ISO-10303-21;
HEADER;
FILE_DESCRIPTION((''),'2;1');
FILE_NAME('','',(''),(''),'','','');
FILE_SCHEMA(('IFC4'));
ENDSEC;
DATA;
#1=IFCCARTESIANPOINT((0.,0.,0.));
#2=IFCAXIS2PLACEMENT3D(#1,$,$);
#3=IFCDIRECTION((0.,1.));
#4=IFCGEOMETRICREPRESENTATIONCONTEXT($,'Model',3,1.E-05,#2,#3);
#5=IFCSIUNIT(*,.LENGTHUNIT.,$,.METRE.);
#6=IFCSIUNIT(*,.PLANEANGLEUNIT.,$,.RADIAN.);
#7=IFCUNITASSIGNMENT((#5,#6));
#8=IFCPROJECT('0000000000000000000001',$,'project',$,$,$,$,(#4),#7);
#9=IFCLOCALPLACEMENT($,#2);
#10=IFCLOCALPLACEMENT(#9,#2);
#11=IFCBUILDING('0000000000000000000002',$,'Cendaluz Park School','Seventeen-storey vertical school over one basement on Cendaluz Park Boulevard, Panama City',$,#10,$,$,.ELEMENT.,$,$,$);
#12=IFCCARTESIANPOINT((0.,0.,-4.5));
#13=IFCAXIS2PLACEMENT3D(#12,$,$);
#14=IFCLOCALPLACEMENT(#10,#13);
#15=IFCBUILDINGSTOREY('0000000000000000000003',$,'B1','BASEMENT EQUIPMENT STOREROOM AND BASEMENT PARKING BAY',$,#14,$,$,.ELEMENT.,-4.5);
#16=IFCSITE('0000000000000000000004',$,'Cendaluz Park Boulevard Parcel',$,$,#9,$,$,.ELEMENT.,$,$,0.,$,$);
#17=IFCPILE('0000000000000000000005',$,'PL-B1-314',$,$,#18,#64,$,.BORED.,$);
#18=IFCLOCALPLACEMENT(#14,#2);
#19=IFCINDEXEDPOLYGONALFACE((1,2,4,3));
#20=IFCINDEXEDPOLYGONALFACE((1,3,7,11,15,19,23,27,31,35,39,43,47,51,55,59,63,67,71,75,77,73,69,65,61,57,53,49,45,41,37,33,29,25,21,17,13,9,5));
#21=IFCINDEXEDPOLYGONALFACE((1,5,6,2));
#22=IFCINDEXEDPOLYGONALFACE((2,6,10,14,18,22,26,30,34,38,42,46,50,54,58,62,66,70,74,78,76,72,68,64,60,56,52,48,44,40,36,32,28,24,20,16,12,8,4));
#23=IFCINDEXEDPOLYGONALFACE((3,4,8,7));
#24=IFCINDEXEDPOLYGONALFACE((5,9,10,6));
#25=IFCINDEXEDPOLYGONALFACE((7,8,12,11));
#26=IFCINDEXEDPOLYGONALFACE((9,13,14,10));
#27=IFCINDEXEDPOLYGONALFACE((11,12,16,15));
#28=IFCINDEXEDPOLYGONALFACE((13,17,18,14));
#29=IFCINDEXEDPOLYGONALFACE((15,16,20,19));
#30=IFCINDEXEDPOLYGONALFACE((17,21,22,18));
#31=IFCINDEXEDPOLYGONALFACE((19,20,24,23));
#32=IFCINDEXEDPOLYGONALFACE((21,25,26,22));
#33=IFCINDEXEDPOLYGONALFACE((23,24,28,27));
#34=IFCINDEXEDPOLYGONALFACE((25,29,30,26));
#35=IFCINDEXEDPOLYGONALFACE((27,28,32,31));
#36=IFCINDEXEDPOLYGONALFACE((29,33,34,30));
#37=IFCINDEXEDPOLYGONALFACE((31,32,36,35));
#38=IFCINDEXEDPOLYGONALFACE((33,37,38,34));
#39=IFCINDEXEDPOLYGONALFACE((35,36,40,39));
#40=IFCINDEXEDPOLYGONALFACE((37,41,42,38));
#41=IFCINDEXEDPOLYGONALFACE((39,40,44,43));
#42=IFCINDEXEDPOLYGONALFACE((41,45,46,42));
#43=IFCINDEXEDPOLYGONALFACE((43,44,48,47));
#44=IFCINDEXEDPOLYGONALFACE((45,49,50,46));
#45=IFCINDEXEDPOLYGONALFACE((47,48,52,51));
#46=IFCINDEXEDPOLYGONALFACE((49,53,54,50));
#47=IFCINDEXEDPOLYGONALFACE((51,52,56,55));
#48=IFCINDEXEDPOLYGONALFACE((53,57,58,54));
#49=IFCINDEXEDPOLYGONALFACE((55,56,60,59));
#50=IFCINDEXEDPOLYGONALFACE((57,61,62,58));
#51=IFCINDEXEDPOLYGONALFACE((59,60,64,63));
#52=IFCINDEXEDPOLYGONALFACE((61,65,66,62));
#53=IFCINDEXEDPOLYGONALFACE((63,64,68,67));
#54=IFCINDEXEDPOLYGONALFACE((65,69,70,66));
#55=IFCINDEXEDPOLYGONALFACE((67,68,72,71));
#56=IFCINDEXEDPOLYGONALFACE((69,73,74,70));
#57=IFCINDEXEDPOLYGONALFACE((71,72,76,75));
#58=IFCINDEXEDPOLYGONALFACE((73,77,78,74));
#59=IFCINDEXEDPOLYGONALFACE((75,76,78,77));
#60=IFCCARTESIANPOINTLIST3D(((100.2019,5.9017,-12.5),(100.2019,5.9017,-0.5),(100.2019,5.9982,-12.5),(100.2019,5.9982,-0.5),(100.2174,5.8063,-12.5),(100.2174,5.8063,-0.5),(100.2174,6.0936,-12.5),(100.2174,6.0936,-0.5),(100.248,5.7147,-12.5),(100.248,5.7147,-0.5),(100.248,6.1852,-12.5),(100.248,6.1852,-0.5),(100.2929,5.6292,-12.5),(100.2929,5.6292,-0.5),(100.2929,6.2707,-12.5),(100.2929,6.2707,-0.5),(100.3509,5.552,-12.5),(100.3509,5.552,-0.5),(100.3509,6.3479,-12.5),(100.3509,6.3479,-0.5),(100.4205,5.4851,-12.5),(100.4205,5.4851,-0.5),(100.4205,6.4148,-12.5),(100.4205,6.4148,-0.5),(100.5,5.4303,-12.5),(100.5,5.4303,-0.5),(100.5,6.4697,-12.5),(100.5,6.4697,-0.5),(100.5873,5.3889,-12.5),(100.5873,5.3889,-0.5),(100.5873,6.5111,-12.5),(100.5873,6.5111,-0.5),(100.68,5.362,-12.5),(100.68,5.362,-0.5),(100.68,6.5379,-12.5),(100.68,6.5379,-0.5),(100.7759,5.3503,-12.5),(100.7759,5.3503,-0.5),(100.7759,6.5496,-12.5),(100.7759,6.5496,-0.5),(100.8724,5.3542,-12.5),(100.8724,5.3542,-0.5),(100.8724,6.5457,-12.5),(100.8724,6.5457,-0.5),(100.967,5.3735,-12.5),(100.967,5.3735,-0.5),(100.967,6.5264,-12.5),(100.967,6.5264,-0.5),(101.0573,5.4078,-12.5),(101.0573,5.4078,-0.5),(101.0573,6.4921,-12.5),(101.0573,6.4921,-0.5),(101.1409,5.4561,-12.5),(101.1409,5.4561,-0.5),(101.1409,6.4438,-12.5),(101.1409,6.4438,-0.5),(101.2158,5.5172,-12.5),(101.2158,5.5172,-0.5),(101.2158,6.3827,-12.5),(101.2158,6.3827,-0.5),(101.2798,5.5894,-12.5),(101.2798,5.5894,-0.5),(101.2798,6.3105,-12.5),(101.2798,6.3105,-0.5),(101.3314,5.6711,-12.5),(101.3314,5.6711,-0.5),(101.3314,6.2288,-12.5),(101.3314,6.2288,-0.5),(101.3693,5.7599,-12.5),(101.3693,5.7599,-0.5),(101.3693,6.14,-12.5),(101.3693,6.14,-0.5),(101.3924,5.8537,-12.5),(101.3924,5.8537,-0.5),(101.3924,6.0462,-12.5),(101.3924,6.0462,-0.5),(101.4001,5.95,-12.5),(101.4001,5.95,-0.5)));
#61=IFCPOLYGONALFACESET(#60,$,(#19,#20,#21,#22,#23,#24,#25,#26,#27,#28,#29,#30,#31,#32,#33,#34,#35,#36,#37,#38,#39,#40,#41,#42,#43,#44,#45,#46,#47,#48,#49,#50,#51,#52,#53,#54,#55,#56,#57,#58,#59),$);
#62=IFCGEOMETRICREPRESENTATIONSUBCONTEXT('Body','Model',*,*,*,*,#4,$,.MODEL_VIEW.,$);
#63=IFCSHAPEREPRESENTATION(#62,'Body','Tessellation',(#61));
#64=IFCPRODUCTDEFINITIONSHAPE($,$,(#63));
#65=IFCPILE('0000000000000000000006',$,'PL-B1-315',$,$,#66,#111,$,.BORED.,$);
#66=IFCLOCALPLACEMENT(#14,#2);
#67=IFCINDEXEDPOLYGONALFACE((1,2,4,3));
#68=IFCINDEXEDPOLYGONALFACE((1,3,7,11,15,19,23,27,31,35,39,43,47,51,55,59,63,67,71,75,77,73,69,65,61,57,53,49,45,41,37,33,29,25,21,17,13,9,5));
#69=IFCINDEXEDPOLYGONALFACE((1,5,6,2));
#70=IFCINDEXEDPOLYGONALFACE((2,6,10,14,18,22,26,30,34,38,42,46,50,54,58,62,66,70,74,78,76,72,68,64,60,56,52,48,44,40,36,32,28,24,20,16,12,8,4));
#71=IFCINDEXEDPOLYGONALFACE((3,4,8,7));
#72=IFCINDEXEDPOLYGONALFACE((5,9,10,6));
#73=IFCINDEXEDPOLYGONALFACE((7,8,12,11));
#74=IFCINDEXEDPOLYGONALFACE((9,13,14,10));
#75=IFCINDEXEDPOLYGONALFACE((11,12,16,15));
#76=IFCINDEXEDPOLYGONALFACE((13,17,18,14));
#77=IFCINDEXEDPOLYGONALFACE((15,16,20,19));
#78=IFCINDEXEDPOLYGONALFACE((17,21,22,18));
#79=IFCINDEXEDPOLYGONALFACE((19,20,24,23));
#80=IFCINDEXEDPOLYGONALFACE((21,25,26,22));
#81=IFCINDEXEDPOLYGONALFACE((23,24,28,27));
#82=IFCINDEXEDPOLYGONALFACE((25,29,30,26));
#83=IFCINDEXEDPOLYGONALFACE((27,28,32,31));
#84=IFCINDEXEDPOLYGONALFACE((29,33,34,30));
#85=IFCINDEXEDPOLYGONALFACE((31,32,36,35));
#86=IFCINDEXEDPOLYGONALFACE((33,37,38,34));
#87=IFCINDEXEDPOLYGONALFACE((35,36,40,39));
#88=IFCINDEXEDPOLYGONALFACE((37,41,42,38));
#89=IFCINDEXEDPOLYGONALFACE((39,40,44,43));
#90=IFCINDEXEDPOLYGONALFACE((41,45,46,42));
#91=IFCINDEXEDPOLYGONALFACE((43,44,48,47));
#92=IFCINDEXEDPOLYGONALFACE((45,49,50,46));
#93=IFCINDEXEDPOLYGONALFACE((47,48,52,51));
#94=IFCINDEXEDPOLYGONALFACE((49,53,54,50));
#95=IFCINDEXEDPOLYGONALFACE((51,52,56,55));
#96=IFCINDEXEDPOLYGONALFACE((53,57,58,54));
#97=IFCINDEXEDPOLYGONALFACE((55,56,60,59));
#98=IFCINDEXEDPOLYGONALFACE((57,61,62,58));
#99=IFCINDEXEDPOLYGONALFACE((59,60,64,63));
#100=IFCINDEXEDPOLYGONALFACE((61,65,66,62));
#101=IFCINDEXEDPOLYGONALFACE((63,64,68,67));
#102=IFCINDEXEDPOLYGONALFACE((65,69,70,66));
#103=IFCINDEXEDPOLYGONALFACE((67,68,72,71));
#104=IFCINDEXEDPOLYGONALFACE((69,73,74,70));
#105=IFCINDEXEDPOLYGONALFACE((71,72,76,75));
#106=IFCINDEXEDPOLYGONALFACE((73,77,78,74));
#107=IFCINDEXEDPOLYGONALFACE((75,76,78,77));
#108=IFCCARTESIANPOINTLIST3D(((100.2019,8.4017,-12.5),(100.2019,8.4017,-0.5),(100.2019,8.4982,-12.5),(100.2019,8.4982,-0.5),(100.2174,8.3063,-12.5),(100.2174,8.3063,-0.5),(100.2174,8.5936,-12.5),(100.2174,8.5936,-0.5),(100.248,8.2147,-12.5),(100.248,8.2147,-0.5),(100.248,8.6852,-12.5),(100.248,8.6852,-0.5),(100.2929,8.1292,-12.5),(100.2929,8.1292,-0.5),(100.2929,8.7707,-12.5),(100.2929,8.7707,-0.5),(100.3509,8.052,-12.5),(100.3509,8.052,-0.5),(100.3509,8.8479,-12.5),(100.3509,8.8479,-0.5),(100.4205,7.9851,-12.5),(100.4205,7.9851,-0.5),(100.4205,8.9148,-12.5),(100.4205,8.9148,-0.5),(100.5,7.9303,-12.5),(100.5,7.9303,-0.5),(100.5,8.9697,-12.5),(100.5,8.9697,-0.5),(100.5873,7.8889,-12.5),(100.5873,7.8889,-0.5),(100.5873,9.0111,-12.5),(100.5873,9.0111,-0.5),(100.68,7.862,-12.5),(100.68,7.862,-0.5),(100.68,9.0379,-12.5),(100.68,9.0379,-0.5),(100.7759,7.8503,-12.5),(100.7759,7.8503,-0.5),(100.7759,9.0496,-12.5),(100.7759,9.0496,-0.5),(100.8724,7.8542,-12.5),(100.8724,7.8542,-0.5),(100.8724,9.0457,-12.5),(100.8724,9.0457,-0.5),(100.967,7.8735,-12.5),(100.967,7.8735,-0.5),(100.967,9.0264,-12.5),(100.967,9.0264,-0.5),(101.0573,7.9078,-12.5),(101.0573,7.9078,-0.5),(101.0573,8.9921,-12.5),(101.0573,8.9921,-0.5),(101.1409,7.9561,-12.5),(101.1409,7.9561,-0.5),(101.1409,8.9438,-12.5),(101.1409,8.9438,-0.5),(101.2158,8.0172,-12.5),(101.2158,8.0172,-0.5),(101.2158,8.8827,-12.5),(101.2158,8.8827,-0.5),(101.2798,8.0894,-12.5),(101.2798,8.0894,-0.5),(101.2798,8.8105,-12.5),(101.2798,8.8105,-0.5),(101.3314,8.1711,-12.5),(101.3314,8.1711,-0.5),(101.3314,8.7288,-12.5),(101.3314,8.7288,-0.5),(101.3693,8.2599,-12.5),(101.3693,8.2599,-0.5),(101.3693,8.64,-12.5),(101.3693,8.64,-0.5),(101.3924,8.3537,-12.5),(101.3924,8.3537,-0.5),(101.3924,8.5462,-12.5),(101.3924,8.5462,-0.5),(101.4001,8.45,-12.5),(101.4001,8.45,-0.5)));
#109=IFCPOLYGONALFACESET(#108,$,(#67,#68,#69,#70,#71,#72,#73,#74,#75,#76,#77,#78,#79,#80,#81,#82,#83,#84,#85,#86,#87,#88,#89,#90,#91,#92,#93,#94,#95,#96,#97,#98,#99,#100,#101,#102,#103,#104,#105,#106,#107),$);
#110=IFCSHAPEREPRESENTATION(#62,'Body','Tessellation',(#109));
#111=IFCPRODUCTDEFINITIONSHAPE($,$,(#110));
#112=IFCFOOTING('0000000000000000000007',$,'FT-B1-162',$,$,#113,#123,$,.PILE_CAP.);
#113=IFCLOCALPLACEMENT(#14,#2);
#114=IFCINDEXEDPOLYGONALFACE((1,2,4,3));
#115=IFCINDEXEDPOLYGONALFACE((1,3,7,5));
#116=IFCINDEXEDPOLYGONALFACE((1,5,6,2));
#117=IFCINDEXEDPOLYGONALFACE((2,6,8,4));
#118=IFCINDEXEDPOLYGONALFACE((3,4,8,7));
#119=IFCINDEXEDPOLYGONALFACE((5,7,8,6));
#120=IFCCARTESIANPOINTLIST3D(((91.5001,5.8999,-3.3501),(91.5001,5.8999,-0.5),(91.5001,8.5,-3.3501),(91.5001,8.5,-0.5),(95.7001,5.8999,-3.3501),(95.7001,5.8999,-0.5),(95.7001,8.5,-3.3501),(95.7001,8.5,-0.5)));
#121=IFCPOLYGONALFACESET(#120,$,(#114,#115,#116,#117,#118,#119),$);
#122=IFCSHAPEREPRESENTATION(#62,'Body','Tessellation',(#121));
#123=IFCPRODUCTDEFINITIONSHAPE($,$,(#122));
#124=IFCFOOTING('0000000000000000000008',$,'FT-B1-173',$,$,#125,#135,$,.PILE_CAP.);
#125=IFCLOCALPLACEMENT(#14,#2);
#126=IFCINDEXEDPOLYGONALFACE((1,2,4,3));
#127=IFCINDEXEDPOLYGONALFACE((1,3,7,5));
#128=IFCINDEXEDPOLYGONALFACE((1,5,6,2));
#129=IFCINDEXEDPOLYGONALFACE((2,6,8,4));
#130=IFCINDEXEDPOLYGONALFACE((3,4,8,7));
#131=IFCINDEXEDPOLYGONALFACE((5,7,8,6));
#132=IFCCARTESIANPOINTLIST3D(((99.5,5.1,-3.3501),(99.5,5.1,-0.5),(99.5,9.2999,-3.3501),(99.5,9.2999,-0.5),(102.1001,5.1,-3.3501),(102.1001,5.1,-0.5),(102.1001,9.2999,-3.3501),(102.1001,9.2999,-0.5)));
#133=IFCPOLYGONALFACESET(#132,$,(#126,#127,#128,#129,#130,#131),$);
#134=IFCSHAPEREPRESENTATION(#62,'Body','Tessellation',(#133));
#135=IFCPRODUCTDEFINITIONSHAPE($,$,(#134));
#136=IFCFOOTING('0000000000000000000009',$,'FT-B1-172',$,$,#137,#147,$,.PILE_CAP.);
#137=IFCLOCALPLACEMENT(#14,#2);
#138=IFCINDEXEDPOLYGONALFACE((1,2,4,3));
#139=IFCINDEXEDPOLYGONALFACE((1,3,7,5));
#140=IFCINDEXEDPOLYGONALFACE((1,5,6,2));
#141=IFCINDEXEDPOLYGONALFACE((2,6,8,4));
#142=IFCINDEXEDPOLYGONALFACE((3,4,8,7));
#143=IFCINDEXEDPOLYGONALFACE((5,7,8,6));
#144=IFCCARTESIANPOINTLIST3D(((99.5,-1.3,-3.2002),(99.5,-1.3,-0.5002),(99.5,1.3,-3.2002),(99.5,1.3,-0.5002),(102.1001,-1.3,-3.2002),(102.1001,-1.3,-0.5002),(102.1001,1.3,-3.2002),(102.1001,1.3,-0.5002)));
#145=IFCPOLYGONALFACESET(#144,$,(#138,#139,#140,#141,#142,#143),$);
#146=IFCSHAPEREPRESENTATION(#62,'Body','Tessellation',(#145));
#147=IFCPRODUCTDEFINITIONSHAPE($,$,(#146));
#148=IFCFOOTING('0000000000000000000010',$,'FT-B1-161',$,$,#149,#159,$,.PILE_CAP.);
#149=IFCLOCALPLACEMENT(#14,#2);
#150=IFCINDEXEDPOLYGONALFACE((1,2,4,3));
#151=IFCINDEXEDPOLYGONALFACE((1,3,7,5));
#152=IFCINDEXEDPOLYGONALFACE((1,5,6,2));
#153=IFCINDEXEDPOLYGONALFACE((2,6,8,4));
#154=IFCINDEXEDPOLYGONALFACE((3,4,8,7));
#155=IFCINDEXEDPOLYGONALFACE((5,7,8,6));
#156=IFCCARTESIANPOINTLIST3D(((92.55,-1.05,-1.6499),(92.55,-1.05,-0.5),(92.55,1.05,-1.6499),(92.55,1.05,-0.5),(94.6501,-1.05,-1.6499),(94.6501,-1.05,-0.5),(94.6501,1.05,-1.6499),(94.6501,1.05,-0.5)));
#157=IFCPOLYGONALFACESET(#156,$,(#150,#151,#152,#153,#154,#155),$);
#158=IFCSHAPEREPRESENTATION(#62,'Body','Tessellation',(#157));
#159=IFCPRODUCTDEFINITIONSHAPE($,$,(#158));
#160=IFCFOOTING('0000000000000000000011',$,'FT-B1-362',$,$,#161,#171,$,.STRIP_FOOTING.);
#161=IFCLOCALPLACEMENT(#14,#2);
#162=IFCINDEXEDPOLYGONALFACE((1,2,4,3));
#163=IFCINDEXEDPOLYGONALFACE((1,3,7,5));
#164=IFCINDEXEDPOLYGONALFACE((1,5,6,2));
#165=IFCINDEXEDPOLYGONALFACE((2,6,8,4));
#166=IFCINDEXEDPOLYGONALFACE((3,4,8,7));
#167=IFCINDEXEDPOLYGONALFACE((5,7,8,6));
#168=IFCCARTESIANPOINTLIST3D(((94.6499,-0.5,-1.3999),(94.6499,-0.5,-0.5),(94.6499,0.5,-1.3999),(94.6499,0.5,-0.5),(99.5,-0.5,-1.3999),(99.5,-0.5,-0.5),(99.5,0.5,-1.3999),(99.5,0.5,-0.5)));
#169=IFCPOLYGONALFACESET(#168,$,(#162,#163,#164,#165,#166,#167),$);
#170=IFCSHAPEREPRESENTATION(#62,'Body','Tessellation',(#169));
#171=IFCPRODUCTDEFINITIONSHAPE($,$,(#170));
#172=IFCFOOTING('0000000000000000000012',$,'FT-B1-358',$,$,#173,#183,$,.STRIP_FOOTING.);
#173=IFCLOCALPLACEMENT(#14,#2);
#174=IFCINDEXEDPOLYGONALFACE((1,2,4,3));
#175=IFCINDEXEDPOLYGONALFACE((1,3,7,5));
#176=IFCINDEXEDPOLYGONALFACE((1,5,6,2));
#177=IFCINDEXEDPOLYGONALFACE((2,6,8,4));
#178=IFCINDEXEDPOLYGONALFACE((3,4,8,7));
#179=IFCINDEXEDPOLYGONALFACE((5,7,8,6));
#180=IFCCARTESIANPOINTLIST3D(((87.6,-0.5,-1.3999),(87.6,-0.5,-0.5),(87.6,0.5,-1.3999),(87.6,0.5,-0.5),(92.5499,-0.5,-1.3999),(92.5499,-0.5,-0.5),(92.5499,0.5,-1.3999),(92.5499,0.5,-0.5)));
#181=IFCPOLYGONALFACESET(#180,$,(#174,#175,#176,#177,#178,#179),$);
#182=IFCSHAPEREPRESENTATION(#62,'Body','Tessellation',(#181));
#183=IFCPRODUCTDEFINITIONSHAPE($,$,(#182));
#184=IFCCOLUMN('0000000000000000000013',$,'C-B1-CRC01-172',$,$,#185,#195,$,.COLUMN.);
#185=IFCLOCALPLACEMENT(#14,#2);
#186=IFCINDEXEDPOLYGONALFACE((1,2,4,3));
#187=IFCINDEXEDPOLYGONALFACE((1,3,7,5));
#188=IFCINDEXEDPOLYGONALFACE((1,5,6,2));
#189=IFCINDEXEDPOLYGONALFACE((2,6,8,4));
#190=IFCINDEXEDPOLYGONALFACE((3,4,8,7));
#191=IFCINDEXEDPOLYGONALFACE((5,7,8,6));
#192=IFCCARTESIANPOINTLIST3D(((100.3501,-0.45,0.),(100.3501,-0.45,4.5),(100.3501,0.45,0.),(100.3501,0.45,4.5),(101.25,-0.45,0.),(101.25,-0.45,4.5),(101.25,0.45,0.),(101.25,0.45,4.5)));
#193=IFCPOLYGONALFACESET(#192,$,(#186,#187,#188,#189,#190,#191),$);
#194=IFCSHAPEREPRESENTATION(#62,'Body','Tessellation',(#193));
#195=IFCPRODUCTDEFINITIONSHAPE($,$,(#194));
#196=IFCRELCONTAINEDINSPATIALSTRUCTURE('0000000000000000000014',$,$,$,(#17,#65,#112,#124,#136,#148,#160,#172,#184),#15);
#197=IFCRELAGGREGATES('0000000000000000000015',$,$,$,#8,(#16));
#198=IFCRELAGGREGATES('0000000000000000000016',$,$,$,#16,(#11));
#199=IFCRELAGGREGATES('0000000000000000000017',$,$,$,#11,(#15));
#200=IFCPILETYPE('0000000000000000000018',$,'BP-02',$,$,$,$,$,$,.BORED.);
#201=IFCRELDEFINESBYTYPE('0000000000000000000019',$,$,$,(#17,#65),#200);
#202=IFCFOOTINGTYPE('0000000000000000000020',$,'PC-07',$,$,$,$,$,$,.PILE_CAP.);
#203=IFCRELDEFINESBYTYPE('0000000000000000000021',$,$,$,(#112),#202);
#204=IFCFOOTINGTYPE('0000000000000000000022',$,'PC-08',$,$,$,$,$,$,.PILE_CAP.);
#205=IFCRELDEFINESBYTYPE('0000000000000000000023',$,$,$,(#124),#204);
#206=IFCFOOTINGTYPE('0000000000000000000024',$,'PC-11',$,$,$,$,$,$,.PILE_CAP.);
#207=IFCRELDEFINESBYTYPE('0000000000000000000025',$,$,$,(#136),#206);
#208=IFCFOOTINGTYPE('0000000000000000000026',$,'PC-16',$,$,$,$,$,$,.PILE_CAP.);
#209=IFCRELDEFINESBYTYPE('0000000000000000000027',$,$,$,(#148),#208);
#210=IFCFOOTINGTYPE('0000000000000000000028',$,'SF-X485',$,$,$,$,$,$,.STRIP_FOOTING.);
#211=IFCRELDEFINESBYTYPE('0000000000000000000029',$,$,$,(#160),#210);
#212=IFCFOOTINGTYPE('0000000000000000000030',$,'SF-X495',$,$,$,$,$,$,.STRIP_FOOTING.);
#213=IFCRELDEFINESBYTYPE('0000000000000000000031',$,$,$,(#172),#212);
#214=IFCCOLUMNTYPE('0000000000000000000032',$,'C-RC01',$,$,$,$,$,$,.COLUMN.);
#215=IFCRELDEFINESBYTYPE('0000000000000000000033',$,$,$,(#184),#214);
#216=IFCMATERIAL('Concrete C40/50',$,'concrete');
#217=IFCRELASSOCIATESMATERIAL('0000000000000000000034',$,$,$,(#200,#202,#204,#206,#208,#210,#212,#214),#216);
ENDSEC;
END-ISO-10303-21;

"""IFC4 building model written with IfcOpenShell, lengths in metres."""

from ifc_helpers import new_model, si_unit, direction, frame, origin, origin_2d, place, context, subcontext, project, spatial, rectangle, circle, extrude, material, material_profile, profile_set, type_object, element, save


model = new_model("IFC4")

# Units and contexts
model_context = context("Model", 3, precision=1e-05, world=origin(), true_north=direction((0.0, 1.0)))
body_context = subcontext(model_context, "Body", "Model", "MODEL_VIEW")
ifc_project = project(units=[si_unit("LENGTHUNIT", "METRE"), si_unit("PLANEANGLEUNIT", "RADIAN")], contexts=[model_context])

# Site, building, storey
site_placement = place(None, origin())
site = spatial("IfcSite", under=ifc_project, at=site_placement, Name="Cendaluz Park Boulevard Parcel", CompositionType="ELEMENT", RefElevation=0.0)
building_placement = place(site_placement, origin())
building = spatial("IfcBuilding", under=site, at=building_placement, Name="Cendaluz Park School", Description="Seventeen-storey vertical school over one basement on Cendaluz Park Boulevard, Panama City", CompositionType="ELEMENT")
storey_placement = place(building_placement, frame((0.0, 0.0, -4.5)))
storey = spatial("IfcBuildingStorey", under=building, at=storey_placement, Name="B1", Description="BASEMENT EQUIPMENT STOREROOM AND BASEMENT PARKING BAY", CompositionType="ELEMENT", Elevation=-4.5)

# Piles
ifc_material_1 = material(Name="Concrete C40/50", Category="concrete")
ifc_material_profile_1 = material_profile(ifc_material_1, circle(Radius=0.6001, at=origin_2d()), Name="BP D1200", Category="concrete")
ifc_profile_set_1 = profile_set([ifc_material_profile_1], Name="Concrete C40/50")
pile_type_1 = type_object("IfcPileType", Name="BP-02", PredefinedType="BORED", material=ifc_profile_set_1)
for number, where, z_axis, x_axis, name in (
    (1, (100.8, 5.95, -0.5), (0.0, 0.0, -1.0), (1.0, 0.0, 0.0), "PL-B1-314"),
    (2, (100.8, 8.45, -0.5), (0.0, 0.0, -1.0), (1.0, 0.0, 0.0), "PL-B1-315"),
):
    element("IfcPile", number, at=place(storey_placement, frame(where, z_axis=z_axis, x_axis=x_axis)), inside=storey, type_object=pile_type_1, Name=name, PredefinedType="BORED", context=body_context, shape_type="SweptSolid", body=[
        extrude(circle(Radius=0.6001, at=origin_2d()), origin(), (0.0, 0.0, 1.0), 12.0),
    ])

# Footings
footing_type_1 = type_object("IfcFootingType", Name="PC-07", PredefinedType="PILE_CAP", material=ifc_material_1)
footing_1_placement = place(storey_placement, frame((93.6001, 7.2, -3.3501), z_axis=(0.0, 0.0, 1.0), x_axis=(1.0, 0.0, 0.0)))
element("IfcFooting", 3, at=footing_1_placement, inside=storey, type_object=footing_type_1, Name="FT-B1-162", PredefinedType="PILE_CAP", context=body_context, shape_type="SweptSolid", body=[
    extrude(rectangle(XDim=4.2, YDim=2.6001, at=origin_2d()), origin(), (0.0, 0.0, 1.0), 2.8501),
])
footing_type_2 = type_object("IfcFootingType", Name="PC-08", PredefinedType="PILE_CAP", material=ifc_material_1)
footing_2_placement = place(storey_placement, frame((100.8, 7.2, -3.3501), z_axis=(0.0, 0.0, 1.0), x_axis=(1.0, 0.0, 0.0)))
element("IfcFooting", 4, at=footing_2_placement, inside=storey, type_object=footing_type_2, Name="FT-B1-173", PredefinedType="PILE_CAP", context=body_context, shape_type="SweptSolid", body=[
    extrude(rectangle(XDim=2.6001, YDim=4.2, at=origin_2d()), origin(), (0.0, 0.0, 1.0), 2.8501),
])
footing_type_3 = type_object("IfcFootingType", Name="PC-11", PredefinedType="PILE_CAP", material=ifc_material_1)
footing_3_placement = place(storey_placement, frame((100.8, 0.0, -3.2002), z_axis=(0.0, 0.0, 1.0), x_axis=(1.0, 0.0, 0.0)))
element("IfcFooting", 5, at=footing_3_placement, inside=storey, type_object=footing_type_3, Name="FT-B1-172", PredefinedType="PILE_CAP", context=body_context, shape_type="SweptSolid", body=[
    extrude(rectangle(XDim=2.6001, YDim=2.6001, at=origin_2d()), origin(), (0.0, 0.0, 1.0), 2.7),
])
footing_type_4 = type_object("IfcFootingType", Name="PC-16", PredefinedType="PILE_CAP", material=ifc_material_1)
footing_4_placement = place(storey_placement, frame((93.6001, 0.0, -1.6499), z_axis=(0.0, 0.0, 1.0), x_axis=(1.0, 0.0, 0.0)))
element("IfcFooting", 6, at=footing_4_placement, inside=storey, type_object=footing_type_4, Name="FT-B1-161", PredefinedType="PILE_CAP", context=body_context, shape_type="SweptSolid", body=[
    extrude(rectangle(XDim=2.1001, YDim=2.1001, at=origin_2d()), origin(), (0.0, 0.0, 1.0), 1.1499),
])
footing_type_5 = type_object("IfcFootingType", Name="SF-X485", PredefinedType="STRIP_FOOTING", material=ifc_material_1)
footing_5_placement = place(storey_placement, frame((97.075, 0.0, -1.3999), z_axis=(0.0, 0.0, 1.0), x_axis=(1.0, 0.0, 0.0)))
element("IfcFooting", 7, at=footing_5_placement, inside=storey, type_object=footing_type_5, Name="FT-B1-362", PredefinedType="STRIP_FOOTING", context=body_context, shape_type="SweptSolid", body=[
    extrude(rectangle(XDim=4.8501, YDim=1.0, at=origin_2d()), origin(), (0.0, 0.0, 1.0), 0.8999),
])
footing_type_6 = type_object("IfcFootingType", Name="SF-X495", PredefinedType="STRIP_FOOTING", material=ifc_material_1)
footing_6_placement = place(storey_placement, frame((90.075, 0.0, -1.3999), z_axis=(0.0, 0.0, 1.0), x_axis=(1.0, 0.0, 0.0)))
element("IfcFooting", 8, at=footing_6_placement, inside=storey, type_object=footing_type_6, Name="FT-B1-358", PredefinedType="STRIP_FOOTING", context=body_context, shape_type="SweptSolid", body=[
    extrude(rectangle(XDim=4.95, YDim=1.0, at=origin_2d()), origin(), (0.0, 0.0, 1.0), 0.8999),
])

# Column
ifc_material_profile_2 = material_profile(ifc_material_1, rectangle(XDim=0.8999, YDim=0.8999, at=origin_2d()), Name="RC 900x900", Category="concrete")
ifc_profile_set_2 = profile_set([ifc_material_profile_2], Name="Concrete C40/50")
column_type_1 = type_object("IfcColumnType", Name="C-RC01", PredefinedType="COLUMN", material=ifc_profile_set_2)
for number, where, z_axis, x_axis, name in (
    (9, (100.8, 0.0, 0.0), (0.0, 0.0, 1.0), (1.0, 0.0, 0.0), "C-B1-CRC01-172"),
):
    element("IfcColumn", number, at=place(storey_placement, frame(where, z_axis=z_axis, x_axis=x_axis)), inside=storey, type_object=column_type_1, Name=name, PredefinedType="COLUMN", context=body_context, shape_type="SweptSolid", body=[
        extrude(rectangle(XDim=0.8999, YDim=0.8999, at=origin_2d()), origin(), (0.0, 0.0, 1.0), 4.5),
    ])

save(model, "model.ifc")
